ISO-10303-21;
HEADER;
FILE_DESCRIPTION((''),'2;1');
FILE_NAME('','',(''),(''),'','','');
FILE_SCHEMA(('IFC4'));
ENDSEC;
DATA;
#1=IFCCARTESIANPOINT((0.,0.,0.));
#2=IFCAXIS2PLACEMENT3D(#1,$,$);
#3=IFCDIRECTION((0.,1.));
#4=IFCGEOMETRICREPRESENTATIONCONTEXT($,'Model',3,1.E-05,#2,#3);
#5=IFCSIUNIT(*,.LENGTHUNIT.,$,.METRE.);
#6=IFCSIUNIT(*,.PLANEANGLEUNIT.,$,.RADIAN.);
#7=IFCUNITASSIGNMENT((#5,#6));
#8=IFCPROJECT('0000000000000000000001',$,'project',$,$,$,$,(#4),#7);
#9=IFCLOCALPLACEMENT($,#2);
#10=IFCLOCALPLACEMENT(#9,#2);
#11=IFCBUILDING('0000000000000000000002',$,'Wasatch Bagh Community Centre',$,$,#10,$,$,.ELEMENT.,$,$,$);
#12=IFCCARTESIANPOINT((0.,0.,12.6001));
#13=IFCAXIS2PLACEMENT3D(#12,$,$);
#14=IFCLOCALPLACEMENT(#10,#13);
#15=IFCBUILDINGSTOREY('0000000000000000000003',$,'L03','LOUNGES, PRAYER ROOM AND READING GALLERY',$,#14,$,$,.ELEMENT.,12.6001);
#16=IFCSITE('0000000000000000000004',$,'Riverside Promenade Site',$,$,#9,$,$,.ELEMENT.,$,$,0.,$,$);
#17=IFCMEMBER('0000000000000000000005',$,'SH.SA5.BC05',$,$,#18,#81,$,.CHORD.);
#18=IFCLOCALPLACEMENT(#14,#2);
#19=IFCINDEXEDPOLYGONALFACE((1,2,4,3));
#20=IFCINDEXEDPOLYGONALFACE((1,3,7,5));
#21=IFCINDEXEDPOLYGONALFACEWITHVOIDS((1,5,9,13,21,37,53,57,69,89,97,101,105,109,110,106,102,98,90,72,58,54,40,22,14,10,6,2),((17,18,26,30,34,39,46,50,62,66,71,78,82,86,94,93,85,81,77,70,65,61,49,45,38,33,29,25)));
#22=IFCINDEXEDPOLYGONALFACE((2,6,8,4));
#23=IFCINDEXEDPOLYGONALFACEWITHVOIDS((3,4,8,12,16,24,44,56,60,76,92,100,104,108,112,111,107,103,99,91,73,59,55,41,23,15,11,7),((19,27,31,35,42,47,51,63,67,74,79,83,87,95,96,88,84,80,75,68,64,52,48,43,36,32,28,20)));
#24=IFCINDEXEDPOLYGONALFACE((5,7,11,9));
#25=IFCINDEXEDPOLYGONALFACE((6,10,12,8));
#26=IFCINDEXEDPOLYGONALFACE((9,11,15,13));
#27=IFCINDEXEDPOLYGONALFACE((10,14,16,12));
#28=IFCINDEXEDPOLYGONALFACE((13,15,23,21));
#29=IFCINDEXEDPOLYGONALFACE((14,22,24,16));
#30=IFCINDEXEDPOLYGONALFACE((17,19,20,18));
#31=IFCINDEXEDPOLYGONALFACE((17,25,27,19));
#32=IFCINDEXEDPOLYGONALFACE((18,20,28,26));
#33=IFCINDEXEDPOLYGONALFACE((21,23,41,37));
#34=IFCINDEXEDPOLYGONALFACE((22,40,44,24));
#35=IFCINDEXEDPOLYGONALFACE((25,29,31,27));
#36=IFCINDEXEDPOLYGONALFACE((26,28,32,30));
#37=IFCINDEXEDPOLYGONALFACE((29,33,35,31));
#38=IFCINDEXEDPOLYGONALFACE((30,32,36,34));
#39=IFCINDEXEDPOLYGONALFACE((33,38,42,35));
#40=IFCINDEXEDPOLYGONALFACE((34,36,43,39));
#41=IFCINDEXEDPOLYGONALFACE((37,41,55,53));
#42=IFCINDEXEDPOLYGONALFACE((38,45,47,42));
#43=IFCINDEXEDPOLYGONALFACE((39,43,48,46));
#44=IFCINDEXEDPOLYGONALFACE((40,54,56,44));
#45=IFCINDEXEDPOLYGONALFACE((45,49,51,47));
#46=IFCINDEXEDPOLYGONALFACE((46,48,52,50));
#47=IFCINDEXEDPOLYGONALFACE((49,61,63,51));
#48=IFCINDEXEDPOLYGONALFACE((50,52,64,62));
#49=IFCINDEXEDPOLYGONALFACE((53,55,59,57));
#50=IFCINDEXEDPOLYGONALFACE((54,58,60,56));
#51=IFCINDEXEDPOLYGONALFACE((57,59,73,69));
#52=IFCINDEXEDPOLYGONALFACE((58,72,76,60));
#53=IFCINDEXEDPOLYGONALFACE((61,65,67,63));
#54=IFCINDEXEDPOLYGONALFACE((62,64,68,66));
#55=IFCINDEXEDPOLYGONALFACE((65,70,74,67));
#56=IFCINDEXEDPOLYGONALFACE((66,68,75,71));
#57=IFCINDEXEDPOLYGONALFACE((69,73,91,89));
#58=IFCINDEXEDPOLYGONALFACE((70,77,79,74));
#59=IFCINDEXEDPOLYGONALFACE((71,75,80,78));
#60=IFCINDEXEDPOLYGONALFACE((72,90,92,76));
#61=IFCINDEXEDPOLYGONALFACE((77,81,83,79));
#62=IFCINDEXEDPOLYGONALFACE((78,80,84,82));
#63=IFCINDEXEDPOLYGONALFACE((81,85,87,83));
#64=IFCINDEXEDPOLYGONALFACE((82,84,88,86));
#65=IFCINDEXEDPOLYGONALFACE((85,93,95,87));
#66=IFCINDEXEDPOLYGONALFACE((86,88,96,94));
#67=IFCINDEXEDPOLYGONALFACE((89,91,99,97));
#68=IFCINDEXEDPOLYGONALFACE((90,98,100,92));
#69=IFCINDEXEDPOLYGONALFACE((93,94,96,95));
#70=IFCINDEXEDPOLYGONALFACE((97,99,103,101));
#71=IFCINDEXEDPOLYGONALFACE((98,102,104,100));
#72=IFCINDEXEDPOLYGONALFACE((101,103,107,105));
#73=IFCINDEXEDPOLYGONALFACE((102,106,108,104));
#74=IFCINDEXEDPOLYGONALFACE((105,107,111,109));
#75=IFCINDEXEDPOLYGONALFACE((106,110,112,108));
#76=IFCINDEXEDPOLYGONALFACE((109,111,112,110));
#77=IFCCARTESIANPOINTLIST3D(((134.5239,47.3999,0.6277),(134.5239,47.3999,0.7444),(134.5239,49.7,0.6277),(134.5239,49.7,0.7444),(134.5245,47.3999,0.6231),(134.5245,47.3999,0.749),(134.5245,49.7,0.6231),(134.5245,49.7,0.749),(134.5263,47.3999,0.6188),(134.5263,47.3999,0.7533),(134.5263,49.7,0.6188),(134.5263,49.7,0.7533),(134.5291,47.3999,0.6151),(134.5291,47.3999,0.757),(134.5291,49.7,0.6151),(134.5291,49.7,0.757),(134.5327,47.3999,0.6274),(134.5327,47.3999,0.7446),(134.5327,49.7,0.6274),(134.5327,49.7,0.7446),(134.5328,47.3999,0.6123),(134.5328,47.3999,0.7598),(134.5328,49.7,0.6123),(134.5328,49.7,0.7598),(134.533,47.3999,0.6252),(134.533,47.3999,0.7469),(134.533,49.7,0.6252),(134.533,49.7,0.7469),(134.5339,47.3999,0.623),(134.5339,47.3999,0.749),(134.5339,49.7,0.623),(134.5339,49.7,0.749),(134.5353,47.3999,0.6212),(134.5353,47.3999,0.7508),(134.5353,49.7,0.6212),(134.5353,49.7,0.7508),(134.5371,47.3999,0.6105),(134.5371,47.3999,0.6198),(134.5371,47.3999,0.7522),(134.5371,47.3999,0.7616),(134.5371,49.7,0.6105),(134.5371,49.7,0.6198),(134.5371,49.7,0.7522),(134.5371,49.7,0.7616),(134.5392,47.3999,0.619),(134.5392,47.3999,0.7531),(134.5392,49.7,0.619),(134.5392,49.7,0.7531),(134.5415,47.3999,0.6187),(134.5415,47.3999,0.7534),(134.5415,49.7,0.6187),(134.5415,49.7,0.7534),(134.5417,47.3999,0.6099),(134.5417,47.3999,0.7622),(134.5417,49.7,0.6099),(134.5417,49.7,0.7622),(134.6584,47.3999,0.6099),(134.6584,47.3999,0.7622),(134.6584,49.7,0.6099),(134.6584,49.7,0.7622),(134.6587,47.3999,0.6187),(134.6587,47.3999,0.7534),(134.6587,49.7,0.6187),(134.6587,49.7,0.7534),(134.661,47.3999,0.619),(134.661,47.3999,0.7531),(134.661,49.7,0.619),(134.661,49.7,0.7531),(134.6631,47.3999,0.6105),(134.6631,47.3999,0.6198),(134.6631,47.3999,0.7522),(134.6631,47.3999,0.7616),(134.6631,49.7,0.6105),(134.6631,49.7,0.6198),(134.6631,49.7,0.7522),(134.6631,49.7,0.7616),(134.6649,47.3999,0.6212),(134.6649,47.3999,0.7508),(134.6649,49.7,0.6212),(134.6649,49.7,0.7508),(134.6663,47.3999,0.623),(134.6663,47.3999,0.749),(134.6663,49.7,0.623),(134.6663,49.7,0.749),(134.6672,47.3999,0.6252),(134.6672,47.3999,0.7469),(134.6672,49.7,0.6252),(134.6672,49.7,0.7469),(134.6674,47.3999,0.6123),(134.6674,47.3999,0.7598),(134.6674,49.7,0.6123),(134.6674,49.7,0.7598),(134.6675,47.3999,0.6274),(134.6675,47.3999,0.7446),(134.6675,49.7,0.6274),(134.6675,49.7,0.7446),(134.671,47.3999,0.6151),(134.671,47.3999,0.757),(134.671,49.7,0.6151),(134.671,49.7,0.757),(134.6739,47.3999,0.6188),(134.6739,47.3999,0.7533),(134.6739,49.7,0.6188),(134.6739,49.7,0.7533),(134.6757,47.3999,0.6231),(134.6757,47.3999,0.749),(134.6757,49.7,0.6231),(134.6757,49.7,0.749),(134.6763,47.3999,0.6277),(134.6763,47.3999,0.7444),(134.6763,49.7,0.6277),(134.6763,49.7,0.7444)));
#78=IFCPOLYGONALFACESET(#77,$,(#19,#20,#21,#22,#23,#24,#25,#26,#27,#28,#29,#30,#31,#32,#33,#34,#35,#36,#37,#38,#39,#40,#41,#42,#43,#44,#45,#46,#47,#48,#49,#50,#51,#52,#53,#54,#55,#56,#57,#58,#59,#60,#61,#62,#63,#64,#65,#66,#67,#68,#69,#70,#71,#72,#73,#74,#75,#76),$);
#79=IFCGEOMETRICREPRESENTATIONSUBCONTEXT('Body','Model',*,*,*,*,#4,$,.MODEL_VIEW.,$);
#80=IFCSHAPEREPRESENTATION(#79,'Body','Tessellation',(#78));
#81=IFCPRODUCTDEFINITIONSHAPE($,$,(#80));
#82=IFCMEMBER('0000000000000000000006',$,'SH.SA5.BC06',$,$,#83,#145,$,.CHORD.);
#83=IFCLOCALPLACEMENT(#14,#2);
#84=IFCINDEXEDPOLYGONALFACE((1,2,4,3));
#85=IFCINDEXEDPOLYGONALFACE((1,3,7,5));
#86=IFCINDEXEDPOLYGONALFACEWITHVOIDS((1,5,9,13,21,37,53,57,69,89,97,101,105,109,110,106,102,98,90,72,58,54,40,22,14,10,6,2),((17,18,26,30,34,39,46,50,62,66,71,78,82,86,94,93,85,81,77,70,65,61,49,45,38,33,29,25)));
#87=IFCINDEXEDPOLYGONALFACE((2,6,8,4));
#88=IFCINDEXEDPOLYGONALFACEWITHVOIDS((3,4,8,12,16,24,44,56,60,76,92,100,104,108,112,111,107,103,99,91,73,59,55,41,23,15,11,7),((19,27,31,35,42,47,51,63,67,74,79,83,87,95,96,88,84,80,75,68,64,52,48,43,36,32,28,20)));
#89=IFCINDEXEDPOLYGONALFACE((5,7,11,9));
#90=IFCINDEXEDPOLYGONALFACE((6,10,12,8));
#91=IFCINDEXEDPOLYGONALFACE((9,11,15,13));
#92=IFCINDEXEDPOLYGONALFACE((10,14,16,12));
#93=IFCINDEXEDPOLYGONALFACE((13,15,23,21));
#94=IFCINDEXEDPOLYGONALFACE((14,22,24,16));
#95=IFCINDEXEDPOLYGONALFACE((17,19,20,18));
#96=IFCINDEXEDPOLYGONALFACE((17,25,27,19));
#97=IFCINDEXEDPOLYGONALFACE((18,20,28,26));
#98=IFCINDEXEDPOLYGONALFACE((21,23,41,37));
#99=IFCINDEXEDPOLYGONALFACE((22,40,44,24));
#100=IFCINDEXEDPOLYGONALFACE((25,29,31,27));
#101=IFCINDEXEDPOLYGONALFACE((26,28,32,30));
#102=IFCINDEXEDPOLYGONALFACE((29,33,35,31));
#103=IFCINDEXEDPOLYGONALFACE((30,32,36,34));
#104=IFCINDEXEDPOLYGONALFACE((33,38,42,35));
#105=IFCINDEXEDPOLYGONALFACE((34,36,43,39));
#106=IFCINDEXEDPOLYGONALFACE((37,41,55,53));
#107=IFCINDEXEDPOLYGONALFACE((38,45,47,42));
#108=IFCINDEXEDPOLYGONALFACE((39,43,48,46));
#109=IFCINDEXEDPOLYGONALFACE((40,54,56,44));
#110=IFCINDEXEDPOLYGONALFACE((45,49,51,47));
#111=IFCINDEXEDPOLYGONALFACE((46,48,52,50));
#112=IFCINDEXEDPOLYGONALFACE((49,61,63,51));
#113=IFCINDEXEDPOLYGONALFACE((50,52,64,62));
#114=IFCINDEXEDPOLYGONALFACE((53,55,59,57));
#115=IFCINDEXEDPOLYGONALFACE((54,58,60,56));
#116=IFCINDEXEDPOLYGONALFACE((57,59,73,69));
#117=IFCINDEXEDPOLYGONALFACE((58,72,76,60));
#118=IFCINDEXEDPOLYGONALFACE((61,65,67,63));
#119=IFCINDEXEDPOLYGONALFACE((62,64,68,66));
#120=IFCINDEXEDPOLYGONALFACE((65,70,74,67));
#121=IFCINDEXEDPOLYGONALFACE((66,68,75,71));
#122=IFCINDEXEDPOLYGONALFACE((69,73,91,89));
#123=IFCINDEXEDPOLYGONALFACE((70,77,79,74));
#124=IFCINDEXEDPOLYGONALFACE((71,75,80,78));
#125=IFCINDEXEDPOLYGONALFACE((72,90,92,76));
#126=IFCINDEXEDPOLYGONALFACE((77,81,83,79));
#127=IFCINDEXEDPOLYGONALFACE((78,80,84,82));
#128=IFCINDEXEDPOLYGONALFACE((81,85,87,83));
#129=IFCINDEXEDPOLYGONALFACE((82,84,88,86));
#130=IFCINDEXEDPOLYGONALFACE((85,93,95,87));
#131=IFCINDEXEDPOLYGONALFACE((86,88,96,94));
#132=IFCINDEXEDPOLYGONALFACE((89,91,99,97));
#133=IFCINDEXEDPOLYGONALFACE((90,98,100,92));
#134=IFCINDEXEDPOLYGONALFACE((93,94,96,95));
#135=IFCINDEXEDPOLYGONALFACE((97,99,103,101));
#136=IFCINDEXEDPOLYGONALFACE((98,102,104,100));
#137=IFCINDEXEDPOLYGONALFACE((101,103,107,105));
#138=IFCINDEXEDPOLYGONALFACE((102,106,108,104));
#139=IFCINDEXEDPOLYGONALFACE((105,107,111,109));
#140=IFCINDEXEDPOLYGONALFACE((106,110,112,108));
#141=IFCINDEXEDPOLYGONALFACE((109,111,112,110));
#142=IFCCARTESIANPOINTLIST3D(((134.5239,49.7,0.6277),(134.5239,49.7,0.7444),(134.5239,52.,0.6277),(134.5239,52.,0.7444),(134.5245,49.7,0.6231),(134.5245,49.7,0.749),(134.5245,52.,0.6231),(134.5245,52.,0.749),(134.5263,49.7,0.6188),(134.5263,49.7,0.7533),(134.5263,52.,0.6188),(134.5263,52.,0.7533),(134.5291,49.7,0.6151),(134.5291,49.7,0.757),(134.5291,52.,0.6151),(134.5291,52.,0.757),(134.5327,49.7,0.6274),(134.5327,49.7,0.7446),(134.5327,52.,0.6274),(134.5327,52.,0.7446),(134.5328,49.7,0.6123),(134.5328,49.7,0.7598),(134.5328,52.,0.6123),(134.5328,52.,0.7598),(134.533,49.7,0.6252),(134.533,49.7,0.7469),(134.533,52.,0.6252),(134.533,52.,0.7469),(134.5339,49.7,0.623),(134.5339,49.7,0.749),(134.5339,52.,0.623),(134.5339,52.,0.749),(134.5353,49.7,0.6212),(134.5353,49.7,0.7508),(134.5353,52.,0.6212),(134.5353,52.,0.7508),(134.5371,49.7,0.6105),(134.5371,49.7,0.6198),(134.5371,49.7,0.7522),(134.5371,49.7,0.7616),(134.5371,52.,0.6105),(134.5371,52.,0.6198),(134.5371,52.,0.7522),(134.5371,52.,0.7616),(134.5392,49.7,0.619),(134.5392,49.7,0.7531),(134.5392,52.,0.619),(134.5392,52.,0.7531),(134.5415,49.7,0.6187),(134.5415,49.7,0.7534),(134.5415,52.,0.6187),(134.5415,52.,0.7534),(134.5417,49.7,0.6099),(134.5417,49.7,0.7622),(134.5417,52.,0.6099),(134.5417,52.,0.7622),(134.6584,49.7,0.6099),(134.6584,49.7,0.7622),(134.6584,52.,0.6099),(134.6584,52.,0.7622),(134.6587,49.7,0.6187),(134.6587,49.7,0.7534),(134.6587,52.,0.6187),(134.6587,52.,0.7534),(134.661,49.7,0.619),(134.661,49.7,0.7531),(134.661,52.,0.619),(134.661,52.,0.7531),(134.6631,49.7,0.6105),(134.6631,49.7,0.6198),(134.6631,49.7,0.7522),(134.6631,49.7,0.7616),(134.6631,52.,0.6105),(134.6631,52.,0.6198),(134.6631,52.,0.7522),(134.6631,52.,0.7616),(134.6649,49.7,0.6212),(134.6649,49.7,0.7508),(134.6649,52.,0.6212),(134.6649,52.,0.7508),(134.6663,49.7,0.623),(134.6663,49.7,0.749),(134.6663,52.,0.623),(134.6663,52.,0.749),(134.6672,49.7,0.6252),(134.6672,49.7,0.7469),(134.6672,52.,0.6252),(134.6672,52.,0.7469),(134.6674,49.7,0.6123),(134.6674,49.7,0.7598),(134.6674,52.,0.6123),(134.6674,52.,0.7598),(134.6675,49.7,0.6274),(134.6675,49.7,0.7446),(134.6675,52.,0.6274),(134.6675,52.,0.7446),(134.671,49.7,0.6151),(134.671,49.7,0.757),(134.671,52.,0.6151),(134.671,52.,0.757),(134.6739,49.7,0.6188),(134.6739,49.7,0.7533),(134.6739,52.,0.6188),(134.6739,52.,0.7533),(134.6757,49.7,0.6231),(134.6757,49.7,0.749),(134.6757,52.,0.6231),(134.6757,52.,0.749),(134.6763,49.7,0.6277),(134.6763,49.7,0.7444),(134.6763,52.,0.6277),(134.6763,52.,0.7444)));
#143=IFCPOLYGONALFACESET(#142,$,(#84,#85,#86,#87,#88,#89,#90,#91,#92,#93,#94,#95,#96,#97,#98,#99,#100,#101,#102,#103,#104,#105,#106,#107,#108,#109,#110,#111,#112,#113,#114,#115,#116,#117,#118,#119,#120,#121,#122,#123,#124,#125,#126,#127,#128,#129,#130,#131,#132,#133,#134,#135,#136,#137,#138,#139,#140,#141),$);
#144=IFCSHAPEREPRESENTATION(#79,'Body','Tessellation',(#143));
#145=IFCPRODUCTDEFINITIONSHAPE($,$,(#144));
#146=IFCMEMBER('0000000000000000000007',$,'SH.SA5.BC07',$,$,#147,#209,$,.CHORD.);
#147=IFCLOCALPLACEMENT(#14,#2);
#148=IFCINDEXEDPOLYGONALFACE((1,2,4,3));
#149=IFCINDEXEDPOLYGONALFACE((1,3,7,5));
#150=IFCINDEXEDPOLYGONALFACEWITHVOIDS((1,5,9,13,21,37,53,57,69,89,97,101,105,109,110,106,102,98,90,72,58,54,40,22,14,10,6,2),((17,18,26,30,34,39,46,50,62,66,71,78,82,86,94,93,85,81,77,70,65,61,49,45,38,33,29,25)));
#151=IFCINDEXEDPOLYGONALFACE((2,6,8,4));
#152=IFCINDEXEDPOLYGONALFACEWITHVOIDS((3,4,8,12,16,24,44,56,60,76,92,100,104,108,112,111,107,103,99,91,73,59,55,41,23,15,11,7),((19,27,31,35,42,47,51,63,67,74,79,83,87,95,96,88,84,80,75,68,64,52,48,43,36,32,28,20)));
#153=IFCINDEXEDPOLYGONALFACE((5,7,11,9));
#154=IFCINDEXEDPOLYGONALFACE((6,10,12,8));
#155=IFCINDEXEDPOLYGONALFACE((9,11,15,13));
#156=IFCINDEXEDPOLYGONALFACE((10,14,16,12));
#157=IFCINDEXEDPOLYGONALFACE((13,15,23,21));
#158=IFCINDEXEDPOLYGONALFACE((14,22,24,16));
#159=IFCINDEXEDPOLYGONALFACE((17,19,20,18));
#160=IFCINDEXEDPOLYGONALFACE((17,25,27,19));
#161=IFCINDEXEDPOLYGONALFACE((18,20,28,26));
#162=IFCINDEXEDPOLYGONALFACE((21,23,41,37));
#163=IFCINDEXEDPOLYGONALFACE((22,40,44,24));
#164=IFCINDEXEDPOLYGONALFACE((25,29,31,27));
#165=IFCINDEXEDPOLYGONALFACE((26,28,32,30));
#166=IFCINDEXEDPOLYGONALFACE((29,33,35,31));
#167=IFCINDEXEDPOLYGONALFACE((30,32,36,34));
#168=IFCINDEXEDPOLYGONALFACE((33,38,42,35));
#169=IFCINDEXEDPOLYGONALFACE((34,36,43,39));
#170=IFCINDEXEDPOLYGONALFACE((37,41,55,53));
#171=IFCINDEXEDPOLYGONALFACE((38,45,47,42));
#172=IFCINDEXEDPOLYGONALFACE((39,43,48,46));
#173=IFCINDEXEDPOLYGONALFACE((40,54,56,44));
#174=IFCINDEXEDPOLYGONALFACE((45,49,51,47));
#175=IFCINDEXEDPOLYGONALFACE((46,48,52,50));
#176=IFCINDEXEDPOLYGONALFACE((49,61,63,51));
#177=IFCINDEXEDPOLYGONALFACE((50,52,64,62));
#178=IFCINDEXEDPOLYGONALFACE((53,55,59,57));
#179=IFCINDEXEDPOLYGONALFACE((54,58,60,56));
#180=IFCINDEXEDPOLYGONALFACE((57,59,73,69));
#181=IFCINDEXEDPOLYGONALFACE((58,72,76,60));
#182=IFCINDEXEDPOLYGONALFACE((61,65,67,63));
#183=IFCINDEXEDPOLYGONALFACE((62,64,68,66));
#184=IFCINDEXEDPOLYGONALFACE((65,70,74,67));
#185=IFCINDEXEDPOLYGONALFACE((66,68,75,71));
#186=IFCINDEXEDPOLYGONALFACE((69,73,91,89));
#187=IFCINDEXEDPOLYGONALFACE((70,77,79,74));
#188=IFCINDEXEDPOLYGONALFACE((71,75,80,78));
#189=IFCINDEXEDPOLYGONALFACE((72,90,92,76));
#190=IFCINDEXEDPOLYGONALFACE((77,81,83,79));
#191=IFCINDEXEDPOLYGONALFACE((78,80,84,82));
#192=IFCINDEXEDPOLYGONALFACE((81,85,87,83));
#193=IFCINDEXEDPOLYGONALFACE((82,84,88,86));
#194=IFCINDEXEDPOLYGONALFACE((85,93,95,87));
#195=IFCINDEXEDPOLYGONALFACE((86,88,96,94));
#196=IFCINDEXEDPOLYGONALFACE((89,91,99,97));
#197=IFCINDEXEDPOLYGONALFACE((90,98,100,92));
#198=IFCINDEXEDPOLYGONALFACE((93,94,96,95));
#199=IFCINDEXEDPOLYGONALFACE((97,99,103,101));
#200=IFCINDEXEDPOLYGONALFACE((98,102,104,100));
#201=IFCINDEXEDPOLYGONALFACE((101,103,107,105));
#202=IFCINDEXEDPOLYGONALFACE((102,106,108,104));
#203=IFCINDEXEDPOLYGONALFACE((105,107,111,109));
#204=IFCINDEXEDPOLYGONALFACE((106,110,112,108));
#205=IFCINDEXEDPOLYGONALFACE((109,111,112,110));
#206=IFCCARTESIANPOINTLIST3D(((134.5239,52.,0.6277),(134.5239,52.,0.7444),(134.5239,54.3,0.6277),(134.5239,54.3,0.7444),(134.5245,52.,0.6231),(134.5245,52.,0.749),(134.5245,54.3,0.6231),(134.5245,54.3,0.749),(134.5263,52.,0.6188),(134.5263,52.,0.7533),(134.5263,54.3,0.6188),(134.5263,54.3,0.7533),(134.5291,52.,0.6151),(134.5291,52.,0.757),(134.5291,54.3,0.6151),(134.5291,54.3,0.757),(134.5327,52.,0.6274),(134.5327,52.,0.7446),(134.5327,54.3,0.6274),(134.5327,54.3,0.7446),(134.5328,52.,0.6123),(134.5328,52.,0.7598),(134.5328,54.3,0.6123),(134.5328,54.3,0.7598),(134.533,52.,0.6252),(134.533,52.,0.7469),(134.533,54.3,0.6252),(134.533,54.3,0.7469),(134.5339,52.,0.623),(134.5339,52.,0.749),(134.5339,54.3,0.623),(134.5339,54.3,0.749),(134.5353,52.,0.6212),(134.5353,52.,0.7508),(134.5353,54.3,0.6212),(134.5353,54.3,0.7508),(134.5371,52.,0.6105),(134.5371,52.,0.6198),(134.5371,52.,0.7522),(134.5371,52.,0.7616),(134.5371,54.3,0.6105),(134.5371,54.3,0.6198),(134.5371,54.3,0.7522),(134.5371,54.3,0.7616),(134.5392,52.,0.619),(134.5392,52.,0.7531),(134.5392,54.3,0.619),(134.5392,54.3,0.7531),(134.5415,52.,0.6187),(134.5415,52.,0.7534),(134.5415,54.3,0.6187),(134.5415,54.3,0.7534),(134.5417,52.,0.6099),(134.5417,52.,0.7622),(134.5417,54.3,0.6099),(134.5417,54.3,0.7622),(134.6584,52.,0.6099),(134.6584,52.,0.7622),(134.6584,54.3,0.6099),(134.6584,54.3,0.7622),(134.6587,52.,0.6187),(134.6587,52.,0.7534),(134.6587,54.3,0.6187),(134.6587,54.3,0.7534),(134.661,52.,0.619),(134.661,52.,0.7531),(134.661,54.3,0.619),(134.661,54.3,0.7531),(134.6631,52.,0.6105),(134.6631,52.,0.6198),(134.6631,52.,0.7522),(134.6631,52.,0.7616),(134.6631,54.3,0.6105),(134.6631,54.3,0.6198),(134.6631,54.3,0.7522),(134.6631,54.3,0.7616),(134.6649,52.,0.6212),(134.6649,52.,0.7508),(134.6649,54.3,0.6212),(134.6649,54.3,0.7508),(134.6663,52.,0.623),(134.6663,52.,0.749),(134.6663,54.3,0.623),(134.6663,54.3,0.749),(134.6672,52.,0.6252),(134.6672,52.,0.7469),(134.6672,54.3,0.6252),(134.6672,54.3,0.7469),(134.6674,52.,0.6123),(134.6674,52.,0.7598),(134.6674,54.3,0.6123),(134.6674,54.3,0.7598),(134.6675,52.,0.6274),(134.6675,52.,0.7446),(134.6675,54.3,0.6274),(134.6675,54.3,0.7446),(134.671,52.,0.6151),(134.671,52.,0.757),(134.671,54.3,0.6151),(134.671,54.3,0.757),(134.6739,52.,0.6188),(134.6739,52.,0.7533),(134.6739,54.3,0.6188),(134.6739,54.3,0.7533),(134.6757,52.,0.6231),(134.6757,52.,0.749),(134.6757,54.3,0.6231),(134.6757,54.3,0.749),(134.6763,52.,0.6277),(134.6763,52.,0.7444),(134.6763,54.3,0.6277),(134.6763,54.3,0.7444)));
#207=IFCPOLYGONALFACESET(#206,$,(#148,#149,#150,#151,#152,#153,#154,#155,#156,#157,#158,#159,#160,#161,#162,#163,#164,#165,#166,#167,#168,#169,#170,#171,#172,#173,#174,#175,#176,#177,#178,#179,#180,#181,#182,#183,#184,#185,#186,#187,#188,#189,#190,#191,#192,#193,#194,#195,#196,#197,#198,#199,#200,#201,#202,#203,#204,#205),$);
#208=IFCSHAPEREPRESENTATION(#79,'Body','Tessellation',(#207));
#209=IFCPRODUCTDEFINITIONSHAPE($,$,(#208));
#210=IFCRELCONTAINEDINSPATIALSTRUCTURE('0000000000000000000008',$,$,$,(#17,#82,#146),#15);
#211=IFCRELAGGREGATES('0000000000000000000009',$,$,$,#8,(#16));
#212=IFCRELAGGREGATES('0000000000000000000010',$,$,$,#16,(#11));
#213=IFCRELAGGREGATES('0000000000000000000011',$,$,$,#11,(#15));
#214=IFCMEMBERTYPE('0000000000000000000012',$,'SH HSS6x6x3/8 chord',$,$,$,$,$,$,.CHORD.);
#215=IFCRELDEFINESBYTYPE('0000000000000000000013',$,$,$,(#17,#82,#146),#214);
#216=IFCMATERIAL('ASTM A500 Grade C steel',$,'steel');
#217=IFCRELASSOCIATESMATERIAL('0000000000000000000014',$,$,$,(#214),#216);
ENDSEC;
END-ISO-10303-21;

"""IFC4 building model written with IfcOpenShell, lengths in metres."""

from ifc_helpers import new_model, si_unit, direction, frame, origin, origin_2d, place, context, subcontext, project, spatial, hollow_rectangle, extrude, material, material_profile, profile_set, type_object, element, save


model = new_model("IFC4")

# Units and contexts
model_context = context("Model", 3, precision=1e-05, world=origin(), true_north=direction((0.0, 1.0)))
body_context = subcontext(model_context, "Body", "Model", "MODEL_VIEW")
ifc_project = project(units=[si_unit("LENGTHUNIT", "METRE"), si_unit("PLANEANGLEUNIT", "RADIAN")], contexts=[model_context])

# Site, building, storey
site_placement = place(None, origin())
site = spatial("IfcSite", under=ifc_project, at=site_placement, Name="Riverside Promenade Site", CompositionType="ELEMENT", RefElevation=0.0)
building_placement = place(site_placement, origin())
building = spatial("IfcBuilding", under=site, at=building_placement, Name="Wasatch Bagh Community Centre", CompositionType="ELEMENT")
storey_placement = place(building_placement, frame((0.0, 0.0, 12.6001)))
storey = spatial("IfcBuildingStorey", under=building, at=storey_placement, Name="L03", Description="LOUNGES, PRAYER ROOM AND READING GALLERY", CompositionType="ELEMENT", Elevation=12.6001)

# Members
ifc_material_1 = material(Name="ASTM A500 Grade C steel", Category="steel")
ifc_material_profile_1 = material_profile(ifc_material_1, hollow_rectangle(XDim=0.1523, YDim=0.1523, WallThickness=0.0088, InnerFilletRadius=0.0088, OuterFilletRadius=0.0178, at=origin_2d()), Name="HSS6x6x3/8")
ifc_profile_set_1 = profile_set([ifc_material_profile_1], Name="ASTM A500 Grade C steel")
member_type_1 = type_object("IfcMemberType", Name="SH HSS6x6x3/8 chord", PredefinedType="CHORD", material=ifc_profile_set_1)
for number, where, z_axis, x_axis, name in (
    (1, (134.6001, 47.3999, 0.686), (0.0, 1.0, 0.0), (-1.0, 0.0, 0.0), "SH.SA5.BC05"),
    (2, (134.6001, 49.7, 0.686), (0.0, 1.0, 0.0), (-1.0, 0.0, 0.0), "SH.SA5.BC06"),
    (3, (134.6001, 52.0, 0.686), (0.0, 1.0, 0.0), (-1.0, 0.0, 0.0), "SH.SA5.BC07"),
):
    element("IfcMember", number, at=place(storey_placement, frame(where, z_axis=z_axis, x_axis=x_axis)), inside=storey, type_object=member_type_1, Name=name, PredefinedType="CHORD", context=body_context, shape_type="SweptSolid", body=[
        extrude(hollow_rectangle(XDim=0.1523, YDim=0.1523, WallThickness=0.0088, InnerFilletRadius=0.0088, OuterFilletRadius=0.0178, at=origin_2d()), origin(), (0.0, 0.0, 1.0), 2.3),
    ])

save(model, "model.ifc")
